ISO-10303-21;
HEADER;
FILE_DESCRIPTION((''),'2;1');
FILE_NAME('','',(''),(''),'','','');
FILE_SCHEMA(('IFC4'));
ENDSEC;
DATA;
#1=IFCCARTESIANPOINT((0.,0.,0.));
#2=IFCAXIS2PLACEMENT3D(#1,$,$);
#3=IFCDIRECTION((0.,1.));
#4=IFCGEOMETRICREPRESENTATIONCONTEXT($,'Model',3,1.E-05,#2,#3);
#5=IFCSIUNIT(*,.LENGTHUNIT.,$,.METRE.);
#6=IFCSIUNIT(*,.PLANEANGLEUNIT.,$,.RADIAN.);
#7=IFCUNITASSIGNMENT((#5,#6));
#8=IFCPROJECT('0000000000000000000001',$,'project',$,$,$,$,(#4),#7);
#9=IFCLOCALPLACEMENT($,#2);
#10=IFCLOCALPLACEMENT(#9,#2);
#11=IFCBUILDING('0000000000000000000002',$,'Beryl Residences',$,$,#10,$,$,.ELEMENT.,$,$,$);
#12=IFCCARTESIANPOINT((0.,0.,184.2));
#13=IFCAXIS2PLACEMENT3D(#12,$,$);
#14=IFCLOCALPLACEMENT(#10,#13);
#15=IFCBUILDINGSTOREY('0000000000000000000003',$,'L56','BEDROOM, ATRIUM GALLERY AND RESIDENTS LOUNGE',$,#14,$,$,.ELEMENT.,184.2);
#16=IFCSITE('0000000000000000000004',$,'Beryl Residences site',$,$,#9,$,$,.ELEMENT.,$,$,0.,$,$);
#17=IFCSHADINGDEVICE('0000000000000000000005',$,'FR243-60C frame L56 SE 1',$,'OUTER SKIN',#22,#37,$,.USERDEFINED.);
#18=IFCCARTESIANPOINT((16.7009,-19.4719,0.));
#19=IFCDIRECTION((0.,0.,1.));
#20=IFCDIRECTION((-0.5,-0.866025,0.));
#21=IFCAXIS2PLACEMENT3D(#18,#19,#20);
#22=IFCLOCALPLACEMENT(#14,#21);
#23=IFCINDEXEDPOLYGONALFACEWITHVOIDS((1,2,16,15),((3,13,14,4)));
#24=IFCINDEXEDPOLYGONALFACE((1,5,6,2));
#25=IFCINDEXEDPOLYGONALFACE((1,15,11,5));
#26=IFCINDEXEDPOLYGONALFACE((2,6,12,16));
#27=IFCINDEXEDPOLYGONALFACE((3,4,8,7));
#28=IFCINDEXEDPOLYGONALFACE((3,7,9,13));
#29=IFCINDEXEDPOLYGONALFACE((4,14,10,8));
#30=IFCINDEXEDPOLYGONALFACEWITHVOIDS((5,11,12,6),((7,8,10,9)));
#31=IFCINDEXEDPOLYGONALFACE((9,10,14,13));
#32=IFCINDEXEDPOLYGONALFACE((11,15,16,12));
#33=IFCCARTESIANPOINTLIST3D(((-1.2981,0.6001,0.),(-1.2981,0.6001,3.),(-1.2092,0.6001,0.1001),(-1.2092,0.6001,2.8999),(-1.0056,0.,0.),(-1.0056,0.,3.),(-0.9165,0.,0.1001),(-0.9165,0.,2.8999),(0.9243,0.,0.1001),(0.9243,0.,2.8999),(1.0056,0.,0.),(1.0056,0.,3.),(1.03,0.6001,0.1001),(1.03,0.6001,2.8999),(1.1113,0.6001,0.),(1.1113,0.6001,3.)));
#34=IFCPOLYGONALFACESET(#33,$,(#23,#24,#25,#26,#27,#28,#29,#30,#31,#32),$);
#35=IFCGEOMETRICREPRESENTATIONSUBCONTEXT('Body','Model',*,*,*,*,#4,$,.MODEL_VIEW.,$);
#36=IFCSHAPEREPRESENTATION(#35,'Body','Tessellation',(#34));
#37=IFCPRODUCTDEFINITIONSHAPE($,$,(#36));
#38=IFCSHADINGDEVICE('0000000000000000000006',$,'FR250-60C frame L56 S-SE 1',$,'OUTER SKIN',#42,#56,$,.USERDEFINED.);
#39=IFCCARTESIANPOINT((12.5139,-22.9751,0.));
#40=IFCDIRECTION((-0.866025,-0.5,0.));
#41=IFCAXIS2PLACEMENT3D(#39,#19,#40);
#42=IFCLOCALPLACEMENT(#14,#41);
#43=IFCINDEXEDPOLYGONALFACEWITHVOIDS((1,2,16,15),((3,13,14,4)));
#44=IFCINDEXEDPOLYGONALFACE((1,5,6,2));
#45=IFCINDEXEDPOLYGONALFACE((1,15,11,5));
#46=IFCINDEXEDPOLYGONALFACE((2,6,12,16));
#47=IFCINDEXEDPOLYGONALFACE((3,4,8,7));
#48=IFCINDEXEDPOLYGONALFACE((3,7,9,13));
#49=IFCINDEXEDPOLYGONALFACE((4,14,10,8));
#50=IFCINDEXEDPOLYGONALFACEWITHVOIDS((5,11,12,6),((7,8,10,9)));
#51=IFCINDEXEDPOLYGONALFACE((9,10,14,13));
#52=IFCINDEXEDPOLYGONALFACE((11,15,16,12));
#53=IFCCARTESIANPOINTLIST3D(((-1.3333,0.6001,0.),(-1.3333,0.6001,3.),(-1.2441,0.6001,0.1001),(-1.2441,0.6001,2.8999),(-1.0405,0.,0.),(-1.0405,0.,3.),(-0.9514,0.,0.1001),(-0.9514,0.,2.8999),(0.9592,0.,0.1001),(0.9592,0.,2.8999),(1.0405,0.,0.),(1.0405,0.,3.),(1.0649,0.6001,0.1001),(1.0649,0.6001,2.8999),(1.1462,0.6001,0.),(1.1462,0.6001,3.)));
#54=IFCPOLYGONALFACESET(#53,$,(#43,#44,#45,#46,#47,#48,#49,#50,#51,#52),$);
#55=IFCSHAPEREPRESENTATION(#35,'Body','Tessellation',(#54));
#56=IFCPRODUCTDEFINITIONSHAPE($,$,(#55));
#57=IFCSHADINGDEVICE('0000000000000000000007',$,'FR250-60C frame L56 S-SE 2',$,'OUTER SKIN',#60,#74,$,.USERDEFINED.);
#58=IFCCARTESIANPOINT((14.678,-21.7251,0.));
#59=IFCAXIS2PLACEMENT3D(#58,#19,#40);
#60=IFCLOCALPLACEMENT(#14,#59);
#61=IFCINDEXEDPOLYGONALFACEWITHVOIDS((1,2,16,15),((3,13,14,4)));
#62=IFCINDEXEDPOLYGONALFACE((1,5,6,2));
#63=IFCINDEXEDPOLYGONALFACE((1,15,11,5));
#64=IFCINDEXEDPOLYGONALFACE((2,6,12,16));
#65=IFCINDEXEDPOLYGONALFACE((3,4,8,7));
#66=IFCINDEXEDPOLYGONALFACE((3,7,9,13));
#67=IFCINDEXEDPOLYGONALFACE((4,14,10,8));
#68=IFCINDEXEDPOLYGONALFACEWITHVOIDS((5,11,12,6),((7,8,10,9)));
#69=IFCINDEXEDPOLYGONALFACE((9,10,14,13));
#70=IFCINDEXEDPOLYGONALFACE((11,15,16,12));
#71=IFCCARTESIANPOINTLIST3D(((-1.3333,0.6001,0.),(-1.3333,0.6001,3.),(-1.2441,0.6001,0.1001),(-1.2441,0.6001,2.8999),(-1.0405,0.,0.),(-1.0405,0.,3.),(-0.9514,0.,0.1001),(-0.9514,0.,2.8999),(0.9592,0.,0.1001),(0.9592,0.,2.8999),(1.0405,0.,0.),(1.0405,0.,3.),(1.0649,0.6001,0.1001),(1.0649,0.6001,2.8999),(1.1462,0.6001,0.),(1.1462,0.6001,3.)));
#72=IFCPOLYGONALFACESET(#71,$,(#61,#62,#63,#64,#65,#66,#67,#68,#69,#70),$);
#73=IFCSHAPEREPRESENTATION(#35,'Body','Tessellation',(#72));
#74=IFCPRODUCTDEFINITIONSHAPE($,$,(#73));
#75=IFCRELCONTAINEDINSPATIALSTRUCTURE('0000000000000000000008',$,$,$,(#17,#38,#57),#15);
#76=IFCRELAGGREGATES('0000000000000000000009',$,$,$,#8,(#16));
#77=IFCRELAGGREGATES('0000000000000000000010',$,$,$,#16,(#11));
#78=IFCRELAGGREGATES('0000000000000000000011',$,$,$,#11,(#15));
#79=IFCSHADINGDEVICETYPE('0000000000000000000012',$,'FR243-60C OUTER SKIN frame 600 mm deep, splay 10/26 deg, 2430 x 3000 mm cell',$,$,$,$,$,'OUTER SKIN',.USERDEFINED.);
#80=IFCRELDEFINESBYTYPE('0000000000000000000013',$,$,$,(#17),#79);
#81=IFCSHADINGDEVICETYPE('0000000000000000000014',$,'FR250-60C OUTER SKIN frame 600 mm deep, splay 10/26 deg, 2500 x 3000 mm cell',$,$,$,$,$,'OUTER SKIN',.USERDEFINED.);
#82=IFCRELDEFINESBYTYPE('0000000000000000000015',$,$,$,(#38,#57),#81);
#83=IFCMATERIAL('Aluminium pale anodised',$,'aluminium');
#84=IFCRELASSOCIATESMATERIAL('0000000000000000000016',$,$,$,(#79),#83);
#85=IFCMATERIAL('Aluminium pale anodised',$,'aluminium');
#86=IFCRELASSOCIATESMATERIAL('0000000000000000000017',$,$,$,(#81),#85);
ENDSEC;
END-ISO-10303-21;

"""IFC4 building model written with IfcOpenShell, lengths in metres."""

from ifc_helpers import new_model, entity, si_unit, direction, frame, origin, place, context, subcontext, project, spatial, source, transform, mapped, material, type_object, type_shapes, element, save


model = new_model("IFC4")

# Units and contexts
model_context = context("Model", 3, precision=1e-05, world=origin(), true_north=direction((0.0, 1.0)))
body_context = subcontext(model_context, "Body", "Model", "MODEL_VIEW")
ifc_project = project(units=[si_unit("LENGTHUNIT", "METRE"), si_unit("PLANEANGLEUNIT", "RADIAN")], contexts=[model_context])

# Site, building, storey
site_placement = place(None, origin())
site = spatial("IfcSite", under=ifc_project, at=site_placement, Name="Beryl Residences site", CompositionType="ELEMENT", RefElevation=0.0)
building_placement = place(site_placement, origin())
building = spatial("IfcBuilding", under=site, at=building_placement, Name="Beryl Residences", CompositionType="ELEMENT")
storey_placement = place(building_placement, frame((0.0, 0.0, 184.2)))
storey = spatial("IfcBuildingStorey", under=building, at=storey_placement, Name="L56", Description="BEDROOM, ATRIUM GALLERY AND RESIDENTS LOUNGE", CompositionType="ELEMENT", Elevation=184.2)

# Shading devices
ifc_material_1 = material(Name="Aluminium pale anodised", Category="aluminium")
shading_device_type_1 = type_object("IfcShadingDeviceType", Name="FR243-60C OUTER SKIN frame 600 mm deep, splay 10/26 deg, 2430 x 3000 mm cell", ElementType="OUTER SKIN", PredefinedType="USERDEFINED", material=ifc_material_1)
cartesian_point_1 = entity("IfcCartesianPoint", [-1.0056, 0.0])
cartesian_point_2 = entity("IfcCartesianPoint", [-0.9243, 0.1001])
cartesian_point_3 = entity("IfcCartesianPoint", [-1.1113, 0.0])
cartesian_point_4 = entity("IfcCartesianPoint", [-1.03, 0.1001])
shared_shape_1 = source(origin(), body_context, "Body", "SweptSolid", [
    entity("IfcExtrudedAreaSolidTapered", entity("IfcArbitraryProfileDefWithVoids", "AREA", None, entity("IfcPolyline", [cartesian_point_1, entity("IfcCartesianPoint", [1.0056, 0.0]), entity("IfcCartesianPoint", [1.0056, 3.0]), entity("IfcCartesianPoint", [-1.0056, 3.0]), cartesian_point_1]), [entity("IfcPolyline", [cartesian_point_2, entity("IfcCartesianPoint", [0.9165, 0.1001]), entity("IfcCartesianPoint", [0.9165, 2.8999]), entity("IfcCartesianPoint", [-0.9243, 2.8999]), cartesian_point_2])]), entity("IfcAxis2Placement3D", entity("IfcCartesianPoint", [0.0, 0.0, 0.0]), entity("IfcDirection", [0.0, 1.0, 0.0]), entity("IfcDirection", [-1.0, 0.0, 0.0])), entity("IfcDirection", [0.0, 0.0, 1.0]), 0.6001, entity("IfcArbitraryProfileDefWithVoids", "AREA", None, entity("IfcPolyline", [cartesian_point_3, entity("IfcCartesianPoint", [1.2981, 0.0]), entity("IfcCartesianPoint", [1.2981, 3.0]), entity("IfcCartesianPoint", [-1.1113, 3.0]), cartesian_point_3]), [entity("IfcPolyline", [cartesian_point_4, entity("IfcCartesianPoint", [1.2092, 0.1001]), entity("IfcCartesianPoint", [1.2092, 2.8999]), entity("IfcCartesianPoint", [-1.03, 2.8999]), cartesian_point_4])])),
])
type_shapes(shading_device_type_1, [shared_shape_1])
shading_device_placement = place(storey_placement, frame((16.7009, -19.4719, 0.0), z_axis=(0.0, 0.0, 1.0), x_axis=(-0.5, -0.866025, 0.0)))
element("IfcShadingDevice", 1, at=shading_device_placement, inside=storey, type_object=shading_device_type_1, Name="FR243-60C frame L56 SE 1", ObjectType="OUTER SKIN", PredefinedType="USERDEFINED", context=body_context, shape_type="MappedRepresentation", body=[
    mapped(shared_shape_1, transform((0.0, 0.0, 0.0))),
])
ifc_material_2 = material(Name="Aluminium pale anodised", Category="aluminium")
shading_device_type_2 = type_object("IfcShadingDeviceType", Name="FR250-60C OUTER SKIN frame 600 mm deep, splay 10/26 deg, 2500 x 3000 mm cell", ElementType="OUTER SKIN", PredefinedType="USERDEFINED", material=ifc_material_2)
cartesian_point_5 = entity("IfcCartesianPoint", [-1.0405, 0.0])
cartesian_point_6 = entity("IfcCartesianPoint", [-0.9592, 0.1001])
cartesian_point_7 = entity("IfcCartesianPoint", [-1.1462, 0.0])
cartesian_point_8 = entity("IfcCartesianPoint", [-1.0649, 0.1001])
shared_shape_2 = source(origin(), body_context, "Body", "SweptSolid", [
    entity("IfcExtrudedAreaSolidTapered", entity("IfcArbitraryProfileDefWithVoids", "AREA", None, entity("IfcPolyline", [cartesian_point_5, entity("IfcCartesianPoint", [1.0405, 0.0]), entity("IfcCartesianPoint", [1.0405, 3.0]), entity("IfcCartesianPoint", [-1.0405, 3.0]), cartesian_point_5]), [entity("IfcPolyline", [cartesian_point_6, entity("IfcCartesianPoint", [0.9514, 0.1001]), entity("IfcCartesianPoint", [0.9514, 2.8999]), entity("IfcCartesianPoint", [-0.9592, 2.8999]), cartesian_point_6])]), entity("IfcAxis2Placement3D", entity("IfcCartesianPoint", [0.0, 0.0, 0.0]), entity("IfcDirection", [0.0, 1.0, 0.0]), entity("IfcDirection", [-1.0, 0.0, 0.0])), entity("IfcDirection", [0.0, 0.0, 1.0]), 0.6001, entity("IfcArbitraryProfileDefWithVoids", "AREA", None, entity("IfcPolyline", [cartesian_point_7, entity("IfcCartesianPoint", [1.3333, 0.0]), entity("IfcCartesianPoint", [1.3333, 3.0]), entity("IfcCartesianPoint", [-1.1462, 3.0]), cartesian_point_7]), [entity("IfcPolyline", [cartesian_point_8, entity("IfcCartesianPoint", [1.2441, 0.1001]), entity("IfcCartesianPoint", [1.2441, 2.8999]), entity("IfcCartesianPoint", [-1.0649, 2.8999]), cartesian_point_8])])),
])
type_shapes(shading_device_type_2, [shared_shape_2])
for number, where, z_axis, x_axis, name in (
    (2, (12.5139, -22.9751, 0.0), (0.0, 0.0, 1.0), (-0.866025, -0.5, 0.0), "FR250-60C frame L56 S-SE 1"),
    (3, (14.678, -21.7251, 0.0), (0.0, 0.0, 1.0), (-0.866025, -0.5, 0.0), "FR250-60C frame L56 S-SE 2"),
):
    element("IfcShadingDevice", number, at=place(storey_placement, frame(where, z_axis=z_axis, x_axis=x_axis)), inside=storey, type_object=shading_device_type_2, Name=name, ObjectType="OUTER SKIN", PredefinedType="USERDEFINED", context=body_context, shape_type="MappedRepresentation", body=[
        mapped(shared_shape_2, transform((0.0, 0.0, 0.0))),
    ])

save(model, "model.ifc")
